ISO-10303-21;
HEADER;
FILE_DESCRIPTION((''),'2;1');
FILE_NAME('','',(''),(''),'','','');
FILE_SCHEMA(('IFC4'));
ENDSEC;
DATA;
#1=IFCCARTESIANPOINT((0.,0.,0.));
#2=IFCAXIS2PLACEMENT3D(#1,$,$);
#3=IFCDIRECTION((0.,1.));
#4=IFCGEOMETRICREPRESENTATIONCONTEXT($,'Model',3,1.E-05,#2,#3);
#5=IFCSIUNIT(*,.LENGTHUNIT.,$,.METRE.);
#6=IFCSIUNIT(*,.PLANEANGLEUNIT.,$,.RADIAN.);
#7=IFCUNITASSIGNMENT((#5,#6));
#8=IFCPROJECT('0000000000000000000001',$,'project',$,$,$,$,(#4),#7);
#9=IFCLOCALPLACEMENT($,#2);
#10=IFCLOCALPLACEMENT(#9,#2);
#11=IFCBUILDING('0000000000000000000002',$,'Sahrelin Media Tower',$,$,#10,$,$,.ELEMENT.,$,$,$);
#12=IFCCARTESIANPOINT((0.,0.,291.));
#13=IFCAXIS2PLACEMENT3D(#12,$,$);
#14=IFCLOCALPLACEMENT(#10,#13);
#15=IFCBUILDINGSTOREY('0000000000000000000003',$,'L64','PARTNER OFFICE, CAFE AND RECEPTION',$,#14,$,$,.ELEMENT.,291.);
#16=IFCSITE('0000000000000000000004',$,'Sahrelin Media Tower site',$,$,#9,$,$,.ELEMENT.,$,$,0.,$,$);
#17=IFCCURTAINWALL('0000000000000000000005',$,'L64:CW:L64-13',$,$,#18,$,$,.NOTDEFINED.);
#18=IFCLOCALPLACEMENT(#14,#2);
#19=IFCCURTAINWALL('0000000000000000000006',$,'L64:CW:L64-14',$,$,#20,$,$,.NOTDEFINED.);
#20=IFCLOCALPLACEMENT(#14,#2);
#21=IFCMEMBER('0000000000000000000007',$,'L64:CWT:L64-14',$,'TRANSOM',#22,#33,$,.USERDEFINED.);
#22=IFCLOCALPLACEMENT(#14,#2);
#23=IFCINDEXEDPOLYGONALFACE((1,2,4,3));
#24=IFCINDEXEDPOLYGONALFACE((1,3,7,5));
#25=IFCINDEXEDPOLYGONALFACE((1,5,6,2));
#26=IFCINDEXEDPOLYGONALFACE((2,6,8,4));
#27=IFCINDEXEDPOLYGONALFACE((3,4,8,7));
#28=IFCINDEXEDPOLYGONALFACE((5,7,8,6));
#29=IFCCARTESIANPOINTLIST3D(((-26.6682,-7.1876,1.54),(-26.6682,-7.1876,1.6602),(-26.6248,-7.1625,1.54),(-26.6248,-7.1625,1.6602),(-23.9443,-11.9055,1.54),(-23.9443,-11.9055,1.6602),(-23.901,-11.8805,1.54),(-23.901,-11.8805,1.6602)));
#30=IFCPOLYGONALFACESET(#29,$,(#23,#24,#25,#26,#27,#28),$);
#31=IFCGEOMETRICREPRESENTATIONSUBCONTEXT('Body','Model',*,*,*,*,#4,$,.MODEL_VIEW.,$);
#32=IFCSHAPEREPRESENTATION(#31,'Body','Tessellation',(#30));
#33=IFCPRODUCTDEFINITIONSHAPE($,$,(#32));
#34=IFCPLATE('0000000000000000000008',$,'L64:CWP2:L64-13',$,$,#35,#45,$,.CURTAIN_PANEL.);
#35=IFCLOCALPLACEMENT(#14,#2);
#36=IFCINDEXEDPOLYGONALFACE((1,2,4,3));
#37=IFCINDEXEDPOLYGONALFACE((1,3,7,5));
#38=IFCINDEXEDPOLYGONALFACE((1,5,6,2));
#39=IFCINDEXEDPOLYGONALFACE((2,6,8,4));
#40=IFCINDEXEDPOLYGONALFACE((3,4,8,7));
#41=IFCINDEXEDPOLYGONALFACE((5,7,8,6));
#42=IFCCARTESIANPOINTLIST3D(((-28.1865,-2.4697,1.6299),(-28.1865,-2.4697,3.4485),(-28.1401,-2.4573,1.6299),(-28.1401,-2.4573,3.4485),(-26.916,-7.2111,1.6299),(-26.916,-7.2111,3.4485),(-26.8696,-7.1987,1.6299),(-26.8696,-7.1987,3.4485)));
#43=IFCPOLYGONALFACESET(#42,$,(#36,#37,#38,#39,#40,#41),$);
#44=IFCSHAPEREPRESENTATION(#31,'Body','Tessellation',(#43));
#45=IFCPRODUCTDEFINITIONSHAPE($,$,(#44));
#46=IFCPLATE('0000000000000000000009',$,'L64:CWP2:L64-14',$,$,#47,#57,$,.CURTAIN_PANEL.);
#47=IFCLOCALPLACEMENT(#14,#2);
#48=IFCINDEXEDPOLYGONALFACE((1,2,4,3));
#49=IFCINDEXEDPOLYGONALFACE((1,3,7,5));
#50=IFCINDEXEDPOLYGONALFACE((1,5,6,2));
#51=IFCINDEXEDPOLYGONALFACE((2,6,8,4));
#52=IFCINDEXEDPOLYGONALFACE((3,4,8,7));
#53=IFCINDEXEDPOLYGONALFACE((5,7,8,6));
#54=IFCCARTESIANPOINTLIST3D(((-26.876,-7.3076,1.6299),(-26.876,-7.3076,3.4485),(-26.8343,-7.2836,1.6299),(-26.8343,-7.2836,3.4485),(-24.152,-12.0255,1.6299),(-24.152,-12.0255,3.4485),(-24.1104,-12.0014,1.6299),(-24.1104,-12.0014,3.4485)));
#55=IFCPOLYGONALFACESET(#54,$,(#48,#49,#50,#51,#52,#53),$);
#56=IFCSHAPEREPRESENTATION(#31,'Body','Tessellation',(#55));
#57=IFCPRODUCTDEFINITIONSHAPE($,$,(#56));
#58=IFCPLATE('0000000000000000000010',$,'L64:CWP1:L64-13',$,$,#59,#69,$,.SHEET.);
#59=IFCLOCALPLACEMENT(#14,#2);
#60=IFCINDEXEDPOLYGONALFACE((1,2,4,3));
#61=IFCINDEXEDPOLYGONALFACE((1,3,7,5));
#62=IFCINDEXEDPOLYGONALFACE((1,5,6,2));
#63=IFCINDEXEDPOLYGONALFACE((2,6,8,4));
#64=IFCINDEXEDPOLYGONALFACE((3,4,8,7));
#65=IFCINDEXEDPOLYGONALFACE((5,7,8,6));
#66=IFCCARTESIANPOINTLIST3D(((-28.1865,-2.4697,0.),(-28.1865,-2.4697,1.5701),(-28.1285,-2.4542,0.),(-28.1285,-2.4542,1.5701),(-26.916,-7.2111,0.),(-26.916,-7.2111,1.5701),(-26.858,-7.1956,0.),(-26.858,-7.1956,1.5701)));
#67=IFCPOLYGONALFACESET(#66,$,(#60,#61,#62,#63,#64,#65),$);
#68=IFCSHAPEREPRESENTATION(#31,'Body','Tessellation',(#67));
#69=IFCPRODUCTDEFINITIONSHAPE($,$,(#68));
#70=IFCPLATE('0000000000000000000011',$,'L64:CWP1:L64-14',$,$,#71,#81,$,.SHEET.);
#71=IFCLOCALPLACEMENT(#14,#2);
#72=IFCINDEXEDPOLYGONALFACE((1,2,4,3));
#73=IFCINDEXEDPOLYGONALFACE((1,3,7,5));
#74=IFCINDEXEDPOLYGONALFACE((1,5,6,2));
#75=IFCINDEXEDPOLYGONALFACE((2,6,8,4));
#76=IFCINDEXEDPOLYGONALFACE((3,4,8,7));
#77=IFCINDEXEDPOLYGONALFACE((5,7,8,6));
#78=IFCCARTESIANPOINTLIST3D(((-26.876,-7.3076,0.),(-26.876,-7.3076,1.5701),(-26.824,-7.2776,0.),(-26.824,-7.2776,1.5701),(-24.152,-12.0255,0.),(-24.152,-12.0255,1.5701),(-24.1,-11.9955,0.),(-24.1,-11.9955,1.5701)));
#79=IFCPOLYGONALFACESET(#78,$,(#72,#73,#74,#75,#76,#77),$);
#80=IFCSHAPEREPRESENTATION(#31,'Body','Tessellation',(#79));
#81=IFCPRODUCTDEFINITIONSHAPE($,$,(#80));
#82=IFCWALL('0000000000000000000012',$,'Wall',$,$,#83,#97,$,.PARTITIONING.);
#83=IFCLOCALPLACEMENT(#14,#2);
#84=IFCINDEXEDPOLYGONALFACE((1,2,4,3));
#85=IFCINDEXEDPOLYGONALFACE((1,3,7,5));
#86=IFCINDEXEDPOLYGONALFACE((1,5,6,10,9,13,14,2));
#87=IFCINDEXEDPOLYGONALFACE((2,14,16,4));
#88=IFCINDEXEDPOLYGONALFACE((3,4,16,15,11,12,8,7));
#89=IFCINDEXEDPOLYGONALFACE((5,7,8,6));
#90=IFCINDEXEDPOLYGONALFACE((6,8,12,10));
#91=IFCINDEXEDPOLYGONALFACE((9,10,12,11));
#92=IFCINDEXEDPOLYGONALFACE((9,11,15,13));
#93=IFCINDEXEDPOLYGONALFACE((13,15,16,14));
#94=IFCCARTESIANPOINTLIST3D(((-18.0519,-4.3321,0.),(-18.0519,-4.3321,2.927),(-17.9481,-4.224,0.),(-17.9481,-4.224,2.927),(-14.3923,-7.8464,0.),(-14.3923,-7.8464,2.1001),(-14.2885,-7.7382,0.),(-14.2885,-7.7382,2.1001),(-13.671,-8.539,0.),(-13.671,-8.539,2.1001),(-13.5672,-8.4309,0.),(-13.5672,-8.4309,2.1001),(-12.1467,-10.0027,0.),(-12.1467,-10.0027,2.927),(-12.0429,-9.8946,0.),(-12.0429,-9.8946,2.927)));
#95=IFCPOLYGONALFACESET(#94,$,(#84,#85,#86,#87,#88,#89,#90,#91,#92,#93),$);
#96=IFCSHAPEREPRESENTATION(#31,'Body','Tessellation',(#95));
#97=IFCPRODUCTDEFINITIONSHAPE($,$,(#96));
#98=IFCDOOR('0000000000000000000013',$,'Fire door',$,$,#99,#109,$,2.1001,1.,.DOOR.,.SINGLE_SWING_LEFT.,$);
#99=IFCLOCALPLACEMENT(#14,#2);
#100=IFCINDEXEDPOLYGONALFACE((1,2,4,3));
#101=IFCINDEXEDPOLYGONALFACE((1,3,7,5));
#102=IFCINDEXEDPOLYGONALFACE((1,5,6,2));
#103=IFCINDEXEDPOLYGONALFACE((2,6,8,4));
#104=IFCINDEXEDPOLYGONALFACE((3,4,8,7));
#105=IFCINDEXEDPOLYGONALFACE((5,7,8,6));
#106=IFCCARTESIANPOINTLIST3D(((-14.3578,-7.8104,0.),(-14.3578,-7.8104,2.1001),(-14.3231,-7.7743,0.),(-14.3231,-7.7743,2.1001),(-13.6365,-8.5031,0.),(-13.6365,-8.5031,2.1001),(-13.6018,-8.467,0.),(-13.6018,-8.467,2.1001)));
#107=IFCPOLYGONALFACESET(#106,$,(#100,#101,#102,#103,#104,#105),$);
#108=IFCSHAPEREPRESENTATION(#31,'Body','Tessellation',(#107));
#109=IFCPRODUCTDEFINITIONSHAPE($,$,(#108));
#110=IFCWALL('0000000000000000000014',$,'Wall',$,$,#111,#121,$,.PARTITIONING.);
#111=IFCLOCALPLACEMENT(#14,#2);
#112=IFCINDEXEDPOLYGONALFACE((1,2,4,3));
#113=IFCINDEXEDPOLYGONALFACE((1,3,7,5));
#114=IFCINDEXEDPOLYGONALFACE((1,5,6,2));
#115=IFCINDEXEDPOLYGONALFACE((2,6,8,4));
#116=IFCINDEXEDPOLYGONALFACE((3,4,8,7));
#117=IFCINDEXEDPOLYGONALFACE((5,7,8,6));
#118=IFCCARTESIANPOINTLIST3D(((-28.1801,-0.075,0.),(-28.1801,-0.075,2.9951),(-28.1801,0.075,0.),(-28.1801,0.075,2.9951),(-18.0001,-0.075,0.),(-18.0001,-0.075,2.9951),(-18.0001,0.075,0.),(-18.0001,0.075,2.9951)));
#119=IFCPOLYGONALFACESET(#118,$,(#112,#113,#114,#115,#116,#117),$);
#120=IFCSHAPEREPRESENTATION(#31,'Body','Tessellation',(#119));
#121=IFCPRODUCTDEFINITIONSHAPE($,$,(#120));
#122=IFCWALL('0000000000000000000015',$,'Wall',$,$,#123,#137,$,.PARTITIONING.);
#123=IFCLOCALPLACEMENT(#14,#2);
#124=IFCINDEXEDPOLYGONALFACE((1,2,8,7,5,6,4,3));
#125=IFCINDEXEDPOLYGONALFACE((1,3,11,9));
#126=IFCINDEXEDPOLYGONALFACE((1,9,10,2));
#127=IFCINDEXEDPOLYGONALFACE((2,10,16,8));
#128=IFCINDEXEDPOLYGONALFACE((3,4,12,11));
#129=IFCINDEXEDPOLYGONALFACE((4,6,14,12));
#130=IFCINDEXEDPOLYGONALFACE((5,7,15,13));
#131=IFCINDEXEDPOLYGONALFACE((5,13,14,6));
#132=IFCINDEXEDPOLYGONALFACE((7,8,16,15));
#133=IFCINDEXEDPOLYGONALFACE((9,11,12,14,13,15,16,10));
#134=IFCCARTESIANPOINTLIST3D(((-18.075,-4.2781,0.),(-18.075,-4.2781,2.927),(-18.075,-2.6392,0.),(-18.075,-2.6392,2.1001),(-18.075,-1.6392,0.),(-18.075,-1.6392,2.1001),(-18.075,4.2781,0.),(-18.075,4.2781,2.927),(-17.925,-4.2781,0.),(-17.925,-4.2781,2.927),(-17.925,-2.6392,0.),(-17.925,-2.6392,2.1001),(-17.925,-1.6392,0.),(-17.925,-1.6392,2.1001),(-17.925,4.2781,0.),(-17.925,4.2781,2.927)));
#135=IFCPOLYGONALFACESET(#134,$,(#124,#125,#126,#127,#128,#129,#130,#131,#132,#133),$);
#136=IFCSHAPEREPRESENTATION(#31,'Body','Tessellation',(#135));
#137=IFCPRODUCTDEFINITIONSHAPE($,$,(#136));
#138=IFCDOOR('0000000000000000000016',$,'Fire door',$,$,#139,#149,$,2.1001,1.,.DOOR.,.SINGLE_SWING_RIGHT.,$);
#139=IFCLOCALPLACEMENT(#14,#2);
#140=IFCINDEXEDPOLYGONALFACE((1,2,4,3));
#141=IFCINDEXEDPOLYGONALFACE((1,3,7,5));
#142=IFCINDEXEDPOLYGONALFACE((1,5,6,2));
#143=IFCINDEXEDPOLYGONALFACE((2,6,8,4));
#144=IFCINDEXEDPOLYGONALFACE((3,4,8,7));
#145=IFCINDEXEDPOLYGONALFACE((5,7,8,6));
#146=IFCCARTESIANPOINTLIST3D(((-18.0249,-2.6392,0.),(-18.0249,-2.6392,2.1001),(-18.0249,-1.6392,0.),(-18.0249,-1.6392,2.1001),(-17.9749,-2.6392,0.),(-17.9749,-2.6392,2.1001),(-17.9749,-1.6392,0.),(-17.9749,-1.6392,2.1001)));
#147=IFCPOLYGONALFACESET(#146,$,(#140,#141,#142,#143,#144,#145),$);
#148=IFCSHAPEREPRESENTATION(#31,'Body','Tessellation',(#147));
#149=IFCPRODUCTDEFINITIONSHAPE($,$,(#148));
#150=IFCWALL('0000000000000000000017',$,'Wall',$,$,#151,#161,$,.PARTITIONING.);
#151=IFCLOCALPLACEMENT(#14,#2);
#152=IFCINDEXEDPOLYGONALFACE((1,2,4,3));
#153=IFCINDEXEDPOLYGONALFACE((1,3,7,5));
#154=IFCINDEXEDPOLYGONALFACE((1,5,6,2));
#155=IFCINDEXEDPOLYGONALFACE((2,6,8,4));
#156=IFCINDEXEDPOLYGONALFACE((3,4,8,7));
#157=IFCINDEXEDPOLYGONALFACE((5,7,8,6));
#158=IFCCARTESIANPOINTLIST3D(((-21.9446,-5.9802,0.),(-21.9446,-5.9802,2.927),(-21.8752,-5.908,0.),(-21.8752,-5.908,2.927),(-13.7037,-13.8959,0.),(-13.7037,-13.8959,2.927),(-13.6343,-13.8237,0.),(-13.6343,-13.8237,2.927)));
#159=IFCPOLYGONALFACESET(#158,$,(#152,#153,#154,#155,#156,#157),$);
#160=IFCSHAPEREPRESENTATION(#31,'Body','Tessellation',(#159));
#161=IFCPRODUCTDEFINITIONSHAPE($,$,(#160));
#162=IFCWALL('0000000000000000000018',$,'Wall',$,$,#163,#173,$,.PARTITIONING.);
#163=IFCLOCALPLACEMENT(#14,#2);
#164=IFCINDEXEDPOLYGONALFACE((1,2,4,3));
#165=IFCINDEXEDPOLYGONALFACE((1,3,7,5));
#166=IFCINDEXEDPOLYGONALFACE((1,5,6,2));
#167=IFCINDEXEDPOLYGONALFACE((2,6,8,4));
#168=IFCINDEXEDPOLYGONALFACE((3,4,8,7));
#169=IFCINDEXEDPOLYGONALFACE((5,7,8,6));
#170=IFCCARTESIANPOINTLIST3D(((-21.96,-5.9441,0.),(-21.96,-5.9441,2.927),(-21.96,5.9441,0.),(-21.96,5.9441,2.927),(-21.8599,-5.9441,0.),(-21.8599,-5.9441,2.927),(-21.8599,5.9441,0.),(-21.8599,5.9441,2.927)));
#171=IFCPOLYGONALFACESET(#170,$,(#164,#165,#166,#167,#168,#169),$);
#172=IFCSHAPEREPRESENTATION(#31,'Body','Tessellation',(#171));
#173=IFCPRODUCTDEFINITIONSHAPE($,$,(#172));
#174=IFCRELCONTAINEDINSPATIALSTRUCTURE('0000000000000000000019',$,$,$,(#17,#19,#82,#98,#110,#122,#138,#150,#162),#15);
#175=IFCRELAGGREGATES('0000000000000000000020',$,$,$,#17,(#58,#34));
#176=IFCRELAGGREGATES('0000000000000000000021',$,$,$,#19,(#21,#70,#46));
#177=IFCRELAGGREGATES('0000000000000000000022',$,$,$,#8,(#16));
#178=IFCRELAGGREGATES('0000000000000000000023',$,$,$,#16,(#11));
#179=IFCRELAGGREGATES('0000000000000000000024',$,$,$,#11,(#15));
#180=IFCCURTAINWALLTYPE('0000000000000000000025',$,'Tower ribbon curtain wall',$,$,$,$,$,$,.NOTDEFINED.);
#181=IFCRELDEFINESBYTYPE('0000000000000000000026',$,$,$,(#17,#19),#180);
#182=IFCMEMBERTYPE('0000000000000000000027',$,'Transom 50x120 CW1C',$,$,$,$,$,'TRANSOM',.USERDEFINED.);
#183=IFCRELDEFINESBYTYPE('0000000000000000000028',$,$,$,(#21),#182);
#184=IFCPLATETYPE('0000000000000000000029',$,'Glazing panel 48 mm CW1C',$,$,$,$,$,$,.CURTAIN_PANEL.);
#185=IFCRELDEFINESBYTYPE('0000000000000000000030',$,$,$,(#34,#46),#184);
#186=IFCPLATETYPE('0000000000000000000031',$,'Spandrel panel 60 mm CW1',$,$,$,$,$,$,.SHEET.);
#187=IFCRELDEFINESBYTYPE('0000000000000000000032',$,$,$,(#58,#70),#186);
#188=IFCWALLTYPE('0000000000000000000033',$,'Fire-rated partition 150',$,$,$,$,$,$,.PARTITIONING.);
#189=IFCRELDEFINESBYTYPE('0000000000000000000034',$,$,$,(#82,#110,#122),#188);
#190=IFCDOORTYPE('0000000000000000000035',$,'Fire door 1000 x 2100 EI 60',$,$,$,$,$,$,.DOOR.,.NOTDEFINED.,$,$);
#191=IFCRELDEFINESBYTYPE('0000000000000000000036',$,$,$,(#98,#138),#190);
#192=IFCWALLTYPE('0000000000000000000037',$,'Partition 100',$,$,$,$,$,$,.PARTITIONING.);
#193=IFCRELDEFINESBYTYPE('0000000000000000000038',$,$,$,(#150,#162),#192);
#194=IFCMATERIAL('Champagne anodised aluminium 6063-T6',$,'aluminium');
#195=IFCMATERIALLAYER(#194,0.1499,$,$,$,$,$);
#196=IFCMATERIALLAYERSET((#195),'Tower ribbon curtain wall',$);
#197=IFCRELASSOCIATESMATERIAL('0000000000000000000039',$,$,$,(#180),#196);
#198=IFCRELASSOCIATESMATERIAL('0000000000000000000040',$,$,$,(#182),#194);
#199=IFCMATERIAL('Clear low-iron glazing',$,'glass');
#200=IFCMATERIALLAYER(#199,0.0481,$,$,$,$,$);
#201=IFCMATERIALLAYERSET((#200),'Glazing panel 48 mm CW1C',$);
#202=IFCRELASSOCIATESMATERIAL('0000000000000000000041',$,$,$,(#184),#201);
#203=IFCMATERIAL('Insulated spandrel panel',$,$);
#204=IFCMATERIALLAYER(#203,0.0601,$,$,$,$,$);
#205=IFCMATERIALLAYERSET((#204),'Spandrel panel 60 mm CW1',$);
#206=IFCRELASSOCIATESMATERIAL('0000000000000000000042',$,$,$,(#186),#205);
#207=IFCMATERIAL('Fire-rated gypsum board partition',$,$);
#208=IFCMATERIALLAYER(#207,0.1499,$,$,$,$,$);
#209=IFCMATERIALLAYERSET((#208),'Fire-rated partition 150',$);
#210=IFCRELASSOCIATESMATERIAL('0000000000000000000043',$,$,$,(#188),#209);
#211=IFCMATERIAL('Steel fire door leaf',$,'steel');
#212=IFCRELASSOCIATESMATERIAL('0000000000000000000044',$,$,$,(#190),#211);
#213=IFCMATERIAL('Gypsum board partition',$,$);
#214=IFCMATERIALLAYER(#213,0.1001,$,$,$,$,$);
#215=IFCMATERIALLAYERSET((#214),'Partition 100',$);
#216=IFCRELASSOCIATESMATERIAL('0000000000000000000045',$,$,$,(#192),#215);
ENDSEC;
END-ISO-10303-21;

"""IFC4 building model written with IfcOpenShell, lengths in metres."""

from ifc_helpers import new_model, si_unit, direction, frame, frame_2d, origin, origin_2d, place, context, subcontext, project, spatial, polyline, rectangle, outline, extrude, material, layer, layer_set, material_profile, profile_set, type_object, element, fill, aggregate, save


model = new_model("IFC4")

# Units and contexts
model_context = context("Model", 3, precision=1e-05, world=origin(), true_north=direction((0.0, 1.0)))
body_context = subcontext(model_context, "Body", "Model", "MODEL_VIEW")
ifc_project = project(units=[si_unit("LENGTHUNIT", "METRE"), si_unit("PLANEANGLEUNIT", "RADIAN")], contexts=[model_context])

# Site, building, storey
site_placement = place(None, origin())
site = spatial("IfcSite", under=ifc_project, at=site_placement, Name="Sahrelin Media Tower site", CompositionType="ELEMENT", RefElevation=0.0)
building_placement = place(site_placement, origin())
building = spatial("IfcBuilding", under=site, at=building_placement, Name="Sahrelin Media Tower", CompositionType="ELEMENT")
storey_placement = place(building_placement, frame((0.0, 0.0, 291.0)))
storey = spatial("IfcBuildingStorey", under=building, at=storey_placement, Name="L64", Description="PARTNER OFFICE, CAFE AND RECEPTION", CompositionType="ELEMENT", Elevation=291.0)

# Curtain wall
ifc_material_1 = material(Name="Champagne anodised aluminium 6063-T6", Category="aluminium")
ifc_layer_1 = layer(ifc_material_1, 0.1499)
ifc_layer_set_1 = layer_set([ifc_layer_1], Name="Tower ribbon curtain wall")
curtain_wall_type = type_object("IfcCurtainWallType", Name="Tower ribbon curtain wall", PredefinedType="NOTDEFINED", material=ifc_layer_set_1)
curtain_wall_1_placement = place(storey_placement, frame((-27.532, -4.8352, 0.0), z_axis=(0.0, 0.0, 1.0), x_axis=(1.0, 0.0, 0.0)))
curtain_wall_1 = element("IfcCurtainWall", 1, at=curtain_wall_1_placement, inside=storey, type_object=curtain_wall_type, Name="L64:CW:L64-13", PredefinedType="NOTDEFINED")

# Shared definitions
ifc_material_profile_1 = material_profile(ifc_material_1, rectangle(XDim=0.05, YDim=0.1201, at=origin_2d()), Name="Transom 50x120")
ifc_profile_set_1 = profile_set([ifc_material_profile_1], Name="Champagne anodised aluminium 6063-T6")
member_type_1 = type_object("IfcMemberType", Name="Transom 50x120 CW1C", ElementType="TRANSOM", PredefinedType="USERDEFINED", material=ifc_profile_set_1)

# Curtain wall, member
curtain_wall_2_placement = place(storey_placement, frame((-25.4968, -9.6565, 0.0), z_axis=(0.0, 0.0, 1.0), x_axis=(1.0, 0.0, 0.0)))
curtain_wall_2 = element("IfcCurtainWall", 2, at=curtain_wall_2_placement, inside=storey, type_object=curtain_wall_type, Name="L64:CW:L64-14", PredefinedType="NOTDEFINED")
member_1_placement = place(storey_placement, frame((-26.6465, -7.175, 1.6001), z_axis=(0.49999, -0.866031, 0.0), x_axis=(0.866031, 0.49999, 0.0)))
member_1 = element("IfcMember", 3, at=member_1_placement, type_object=member_type_1, Name="L64:CWT:L64-14", ObjectType="TRANSOM", PredefinedType="USERDEFINED", context=body_context, shape_type="SweptSolid", body=[
    extrude(rectangle(XDim=0.05, YDim=0.1201, at=origin_2d()), origin(), (0.0, 0.0, 1.0), 5.4478),
])

# Plates
ifc_material_2 = material(Name="Clear low-iron glazing", Category="glass")
ifc_layer_2 = layer(ifc_material_2, 0.0481)
ifc_layer_set_2 = layer_set([ifc_layer_2], Name="Glazing panel 48 mm CW1C")
plate_type_1 = type_object("IfcPlateType", Name="Glazing panel 48 mm CW1C", PredefinedType="CURTAIN_PANEL", material=ifc_layer_set_2)
plate_1_placement = place(storey_placement, frame((-28.1865, -2.4697, 1.6299), z_axis=(-0.965924, -0.258826, 0.0), x_axis=(0.258826, -0.965924, 0.0)))
plate_1 = element("IfcPlate", 4, at=plate_1_placement, type_object=plate_type_1, Name="L64:CWP2:L64-13", PredefinedType="CURTAIN_PANEL", context=body_context, shape_type="SweptSolid", body=[
    extrude(outline(polyline([(0.0, 0.0), (4.9087, 0.0), (4.9087, 1.8186), (0.0, 1.8186), (0.0, 0.0)])), origin(), (0.0, 0.0, -1.0), 0.0481),
])
plate_2_placement = place(storey_placement, frame((-26.876, -7.3076, 1.6299), z_axis=(-0.86602, -0.50001, 0.0), x_axis=(0.50001, -0.86602, 0.0)))
plate_2 = element("IfcPlate", 5, at=plate_2_placement, type_object=plate_type_1, Name="L64:CWP2:L64-14", PredefinedType="CURTAIN_PANEL", context=body_context, shape_type="SweptSolid", body=[
    extrude(outline(polyline([(0.0, 0.0), (5.4478, 0.0), (5.4478, 1.8186), (0.0, 1.8186), (0.0, 0.0)])), origin(), (0.0, 0.0, -1.0), 0.0481),
])
ifc_material_3 = material(Name="Insulated spandrel panel")
ifc_layer_3 = layer(ifc_material_3, 0.0601)
ifc_layer_set_3 = layer_set([ifc_layer_3], Name="Spandrel panel 60 mm CW1")
plate_type_2 = type_object("IfcPlateType", Name="Spandrel panel 60 mm CW1", PredefinedType="SHEET", material=ifc_layer_set_3)
plate_3_placement = place(storey_placement, frame((-28.1865, -2.4697, 0.0), z_axis=(-0.965924, -0.258826, 0.0), x_axis=(0.258826, -0.965924, 0.0)))
plate_3 = element("IfcPlate", 6, at=plate_3_placement, type_object=plate_type_2, Name="L64:CWP1:L64-13", PredefinedType="SHEET", context=body_context, shape_type="SweptSolid", body=[
    extrude(outline(polyline([(0.0, 0.0), (4.9087, 0.0), (4.9087, 1.5701), (0.0, 1.5701), (0.0, 0.0)])), origin(), (0.0, 0.0, -1.0), 0.0601),
])
aggregate(curtain_wall_1, [plate_3, plate_1])
plate_4_placement = place(storey_placement, frame((-26.876, -7.3076, 0.0), z_axis=(-0.86602, -0.50001, 0.0), x_axis=(0.50001, -0.86602, 0.0)))
plate_4 = element("IfcPlate", 7, at=plate_4_placement, type_object=plate_type_2, Name="L64:CWP1:L64-14", PredefinedType="SHEET", context=body_context, shape_type="SweptSolid", body=[
    extrude(outline(polyline([(0.0, 0.0), (5.4478, 0.0), (5.4478, 1.5701), (0.0, 1.5701), (0.0, 0.0)])), origin(), (0.0, 0.0, -1.0), 0.0601),
])
aggregate(curtain_wall_2, [member_1, plate_4, plate_2])

# Wall, opening, door
ifc_material_4 = material(Name="Fire-rated gypsum board partition")
ifc_layer_4 = layer(ifc_material_4, 0.1499)
ifc_layer_set_4 = layer_set([ifc_layer_4], Name="Fire-rated partition 150")
wall_type_1 = type_object("IfcWallType", Name="Fire-rated partition 150", PredefinedType="PARTITIONING", material=ifc_layer_set_4)
wall_1_placement = place(storey_placement, frame((-18.0, -4.2781, 0.0), z_axis=(0.0, 0.0, 1.0), x_axis=(0.72129, -0.692633, 0.0)))
wall_1 = element("IfcWall", 8, at=wall_1_placement, inside=storey, type_object=wall_type_1, Name="Wall", PredefinedType="PARTITIONING", context=body_context, shape_type="SweptSolid", body=[
    extrude(rectangle(XDim=8.187, YDim=0.1499, at=frame_2d((4.0935, 0.0))), origin(), (0.0, 0.0, 1.0), 2.927),
])
opening_1_placement = place(wall_1_placement, frame((5.0737, 0.0, 0.0)))
opening_1 = element("IfcOpeningElement", 9, at=opening_1_placement, cuts=wall_1, PredefinedType="OPENING", context=body_context, shape_type="SweptSolid", body=[
    extrude(rectangle(XDim=1.0, YDim=2.1001, at=frame_2d((0.5, 1.05))), frame((0.0, 0.075, 0.0), z_axis=(0.0, -1.0, 0.0), x_axis=(1.0, 0.0, 0.0)), (0.0, 0.0, 1.0), 0.1499),
])
ifc_material_5 = material(Name="Steel fire door leaf", Category="steel")
door_type = type_object("IfcDoorType", Name="Fire door 1000 x 2100 EI 60", OperationType="NOTDEFINED", PredefinedType="DOOR", material=ifc_material_5)
door_1_placement = place(opening_1_placement, origin())
door_1 = element("IfcDoor", 10, at=door_1_placement, inside=storey, type_object=door_type, Name="Fire door", OperationType="SINGLE_SWING_LEFT", OverallHeight=2.1001, OverallWidth=1.0, PredefinedType="DOOR", context=body_context, shape_type="SweptSolid", body=[
    extrude(rectangle(XDim=1.0, YDim=2.1001, at=frame_2d((0.5, 1.05))), frame((0.0, 0.0249, 0.0), z_axis=(0.0, -1.0, 0.0), x_axis=(1.0, 0.0, 0.0)), (0.0, 0.0, 1.0), 0.05),
])
fill(opening_1, door_1)

# Wall
wall_2_placement = place(storey_placement, frame((-28.1799, 0.0, 0.0), z_axis=(0.0, 0.0, 1.0), x_axis=(1.0, 0.0, 0.0)))
element("IfcWall", 11, at=wall_2_placement, inside=storey, type_object=wall_type_1, Name="Wall", PredefinedType="PARTITIONING", context=body_context, shape_type="SweptSolid", body=[
    extrude(rectangle(XDim=10.1799, YDim=0.1499, at=frame_2d((5.0898, 0.0))), origin(), (0.0, 0.0, 1.0), 2.9951),
])

# Wall, opening, door
wall_3_placement = place(storey_placement, frame((-18.0, -4.2781, 0.0), z_axis=(0.0, 0.0, 1.0), x_axis=(0.0, 1.0, 0.0)))
wall_3 = element("IfcWall", 12, at=wall_3_placement, inside=storey, type_object=wall_type_1, Name="Wall", PredefinedType="PARTITIONING", context=body_context, shape_type="SweptSolid", body=[
    extrude(rectangle(XDim=8.5562, YDim=0.1499, at=frame_2d((4.2781, 0.0))), origin(), (0.0, 0.0, 1.0), 2.927),
])
opening_2_placement = place(wall_3_placement, frame((1.6389, 0.0, 0.0)))
opening_2 = element("IfcOpeningElement", 13, at=opening_2_placement, cuts=wall_3, PredefinedType="OPENING", context=body_context, shape_type="SweptSolid", body=[
    extrude(rectangle(XDim=1.0, YDim=2.1001, at=frame_2d((0.5, 1.05))), frame((0.0, 0.075, 0.0), z_axis=(0.0, -1.0, 0.0), x_axis=(1.0, 0.0, 0.0)), (0.0, 0.0, 1.0), 0.1499),
])
door_2_placement = place(opening_2_placement, origin())
door_2 = element("IfcDoor", 14, at=door_2_placement, inside=storey, type_object=door_type, Name="Fire door", OperationType="SINGLE_SWING_RIGHT", OverallHeight=2.1001, OverallWidth=1.0, PredefinedType="DOOR", context=body_context, shape_type="SweptSolid", body=[
    extrude(rectangle(XDim=1.0, YDim=2.1001, at=frame_2d((0.5, 1.05))), frame((0.0, 0.0249, 0.0), z_axis=(0.0, -1.0, 0.0), x_axis=(1.0, 0.0, 0.0)), (0.0, 0.0, 1.0), 0.05),
])
fill(opening_2, door_2)

# Walls
ifc_material_6 = material(Name="Gypsum board partition")
ifc_layer_5 = layer(ifc_material_6, 0.1001)
ifc_layer_set_5 = layer_set([ifc_layer_5], Name="Partition 100")
wall_type_2 = type_object("IfcWallType", Name="Partition 100", PredefinedType="PARTITIONING", material=ifc_layer_set_5)
wall_4_placement = place(storey_placement, frame((-21.9099, -5.9441, 0.0), z_axis=(0.0, 0.0, 1.0), x_axis=(0.721193, -0.692734, 0.0)))
element("IfcWall", 15, at=wall_4_placement, inside=storey, type_object=wall_type_2, Name="Wall", PredefinedType="PARTITIONING", context=body_context, shape_type="SweptSolid", body=[
    extrude(rectangle(XDim=11.4268, YDim=0.1001, at=frame_2d((5.7134, 0.0))), origin(), (0.0, 0.0, 1.0), 2.927),
])
wall_5_placement = place(storey_placement, frame((-21.9099, -5.9441, 0.0), z_axis=(0.0, 0.0, 1.0), x_axis=(0.0, 1.0, 0.0)))
element("IfcWall", 16, at=wall_5_placement, inside=storey, type_object=wall_type_2, Name="Wall", PredefinedType="PARTITIONING", context=body_context, shape_type="SweptSolid", body=[
    extrude(rectangle(XDim=11.8882, YDim=0.1001, at=frame_2d((5.9441, 0.0))), origin(), (0.0, 0.0, 1.0), 2.927),
])

save(model, "model.ifc")
